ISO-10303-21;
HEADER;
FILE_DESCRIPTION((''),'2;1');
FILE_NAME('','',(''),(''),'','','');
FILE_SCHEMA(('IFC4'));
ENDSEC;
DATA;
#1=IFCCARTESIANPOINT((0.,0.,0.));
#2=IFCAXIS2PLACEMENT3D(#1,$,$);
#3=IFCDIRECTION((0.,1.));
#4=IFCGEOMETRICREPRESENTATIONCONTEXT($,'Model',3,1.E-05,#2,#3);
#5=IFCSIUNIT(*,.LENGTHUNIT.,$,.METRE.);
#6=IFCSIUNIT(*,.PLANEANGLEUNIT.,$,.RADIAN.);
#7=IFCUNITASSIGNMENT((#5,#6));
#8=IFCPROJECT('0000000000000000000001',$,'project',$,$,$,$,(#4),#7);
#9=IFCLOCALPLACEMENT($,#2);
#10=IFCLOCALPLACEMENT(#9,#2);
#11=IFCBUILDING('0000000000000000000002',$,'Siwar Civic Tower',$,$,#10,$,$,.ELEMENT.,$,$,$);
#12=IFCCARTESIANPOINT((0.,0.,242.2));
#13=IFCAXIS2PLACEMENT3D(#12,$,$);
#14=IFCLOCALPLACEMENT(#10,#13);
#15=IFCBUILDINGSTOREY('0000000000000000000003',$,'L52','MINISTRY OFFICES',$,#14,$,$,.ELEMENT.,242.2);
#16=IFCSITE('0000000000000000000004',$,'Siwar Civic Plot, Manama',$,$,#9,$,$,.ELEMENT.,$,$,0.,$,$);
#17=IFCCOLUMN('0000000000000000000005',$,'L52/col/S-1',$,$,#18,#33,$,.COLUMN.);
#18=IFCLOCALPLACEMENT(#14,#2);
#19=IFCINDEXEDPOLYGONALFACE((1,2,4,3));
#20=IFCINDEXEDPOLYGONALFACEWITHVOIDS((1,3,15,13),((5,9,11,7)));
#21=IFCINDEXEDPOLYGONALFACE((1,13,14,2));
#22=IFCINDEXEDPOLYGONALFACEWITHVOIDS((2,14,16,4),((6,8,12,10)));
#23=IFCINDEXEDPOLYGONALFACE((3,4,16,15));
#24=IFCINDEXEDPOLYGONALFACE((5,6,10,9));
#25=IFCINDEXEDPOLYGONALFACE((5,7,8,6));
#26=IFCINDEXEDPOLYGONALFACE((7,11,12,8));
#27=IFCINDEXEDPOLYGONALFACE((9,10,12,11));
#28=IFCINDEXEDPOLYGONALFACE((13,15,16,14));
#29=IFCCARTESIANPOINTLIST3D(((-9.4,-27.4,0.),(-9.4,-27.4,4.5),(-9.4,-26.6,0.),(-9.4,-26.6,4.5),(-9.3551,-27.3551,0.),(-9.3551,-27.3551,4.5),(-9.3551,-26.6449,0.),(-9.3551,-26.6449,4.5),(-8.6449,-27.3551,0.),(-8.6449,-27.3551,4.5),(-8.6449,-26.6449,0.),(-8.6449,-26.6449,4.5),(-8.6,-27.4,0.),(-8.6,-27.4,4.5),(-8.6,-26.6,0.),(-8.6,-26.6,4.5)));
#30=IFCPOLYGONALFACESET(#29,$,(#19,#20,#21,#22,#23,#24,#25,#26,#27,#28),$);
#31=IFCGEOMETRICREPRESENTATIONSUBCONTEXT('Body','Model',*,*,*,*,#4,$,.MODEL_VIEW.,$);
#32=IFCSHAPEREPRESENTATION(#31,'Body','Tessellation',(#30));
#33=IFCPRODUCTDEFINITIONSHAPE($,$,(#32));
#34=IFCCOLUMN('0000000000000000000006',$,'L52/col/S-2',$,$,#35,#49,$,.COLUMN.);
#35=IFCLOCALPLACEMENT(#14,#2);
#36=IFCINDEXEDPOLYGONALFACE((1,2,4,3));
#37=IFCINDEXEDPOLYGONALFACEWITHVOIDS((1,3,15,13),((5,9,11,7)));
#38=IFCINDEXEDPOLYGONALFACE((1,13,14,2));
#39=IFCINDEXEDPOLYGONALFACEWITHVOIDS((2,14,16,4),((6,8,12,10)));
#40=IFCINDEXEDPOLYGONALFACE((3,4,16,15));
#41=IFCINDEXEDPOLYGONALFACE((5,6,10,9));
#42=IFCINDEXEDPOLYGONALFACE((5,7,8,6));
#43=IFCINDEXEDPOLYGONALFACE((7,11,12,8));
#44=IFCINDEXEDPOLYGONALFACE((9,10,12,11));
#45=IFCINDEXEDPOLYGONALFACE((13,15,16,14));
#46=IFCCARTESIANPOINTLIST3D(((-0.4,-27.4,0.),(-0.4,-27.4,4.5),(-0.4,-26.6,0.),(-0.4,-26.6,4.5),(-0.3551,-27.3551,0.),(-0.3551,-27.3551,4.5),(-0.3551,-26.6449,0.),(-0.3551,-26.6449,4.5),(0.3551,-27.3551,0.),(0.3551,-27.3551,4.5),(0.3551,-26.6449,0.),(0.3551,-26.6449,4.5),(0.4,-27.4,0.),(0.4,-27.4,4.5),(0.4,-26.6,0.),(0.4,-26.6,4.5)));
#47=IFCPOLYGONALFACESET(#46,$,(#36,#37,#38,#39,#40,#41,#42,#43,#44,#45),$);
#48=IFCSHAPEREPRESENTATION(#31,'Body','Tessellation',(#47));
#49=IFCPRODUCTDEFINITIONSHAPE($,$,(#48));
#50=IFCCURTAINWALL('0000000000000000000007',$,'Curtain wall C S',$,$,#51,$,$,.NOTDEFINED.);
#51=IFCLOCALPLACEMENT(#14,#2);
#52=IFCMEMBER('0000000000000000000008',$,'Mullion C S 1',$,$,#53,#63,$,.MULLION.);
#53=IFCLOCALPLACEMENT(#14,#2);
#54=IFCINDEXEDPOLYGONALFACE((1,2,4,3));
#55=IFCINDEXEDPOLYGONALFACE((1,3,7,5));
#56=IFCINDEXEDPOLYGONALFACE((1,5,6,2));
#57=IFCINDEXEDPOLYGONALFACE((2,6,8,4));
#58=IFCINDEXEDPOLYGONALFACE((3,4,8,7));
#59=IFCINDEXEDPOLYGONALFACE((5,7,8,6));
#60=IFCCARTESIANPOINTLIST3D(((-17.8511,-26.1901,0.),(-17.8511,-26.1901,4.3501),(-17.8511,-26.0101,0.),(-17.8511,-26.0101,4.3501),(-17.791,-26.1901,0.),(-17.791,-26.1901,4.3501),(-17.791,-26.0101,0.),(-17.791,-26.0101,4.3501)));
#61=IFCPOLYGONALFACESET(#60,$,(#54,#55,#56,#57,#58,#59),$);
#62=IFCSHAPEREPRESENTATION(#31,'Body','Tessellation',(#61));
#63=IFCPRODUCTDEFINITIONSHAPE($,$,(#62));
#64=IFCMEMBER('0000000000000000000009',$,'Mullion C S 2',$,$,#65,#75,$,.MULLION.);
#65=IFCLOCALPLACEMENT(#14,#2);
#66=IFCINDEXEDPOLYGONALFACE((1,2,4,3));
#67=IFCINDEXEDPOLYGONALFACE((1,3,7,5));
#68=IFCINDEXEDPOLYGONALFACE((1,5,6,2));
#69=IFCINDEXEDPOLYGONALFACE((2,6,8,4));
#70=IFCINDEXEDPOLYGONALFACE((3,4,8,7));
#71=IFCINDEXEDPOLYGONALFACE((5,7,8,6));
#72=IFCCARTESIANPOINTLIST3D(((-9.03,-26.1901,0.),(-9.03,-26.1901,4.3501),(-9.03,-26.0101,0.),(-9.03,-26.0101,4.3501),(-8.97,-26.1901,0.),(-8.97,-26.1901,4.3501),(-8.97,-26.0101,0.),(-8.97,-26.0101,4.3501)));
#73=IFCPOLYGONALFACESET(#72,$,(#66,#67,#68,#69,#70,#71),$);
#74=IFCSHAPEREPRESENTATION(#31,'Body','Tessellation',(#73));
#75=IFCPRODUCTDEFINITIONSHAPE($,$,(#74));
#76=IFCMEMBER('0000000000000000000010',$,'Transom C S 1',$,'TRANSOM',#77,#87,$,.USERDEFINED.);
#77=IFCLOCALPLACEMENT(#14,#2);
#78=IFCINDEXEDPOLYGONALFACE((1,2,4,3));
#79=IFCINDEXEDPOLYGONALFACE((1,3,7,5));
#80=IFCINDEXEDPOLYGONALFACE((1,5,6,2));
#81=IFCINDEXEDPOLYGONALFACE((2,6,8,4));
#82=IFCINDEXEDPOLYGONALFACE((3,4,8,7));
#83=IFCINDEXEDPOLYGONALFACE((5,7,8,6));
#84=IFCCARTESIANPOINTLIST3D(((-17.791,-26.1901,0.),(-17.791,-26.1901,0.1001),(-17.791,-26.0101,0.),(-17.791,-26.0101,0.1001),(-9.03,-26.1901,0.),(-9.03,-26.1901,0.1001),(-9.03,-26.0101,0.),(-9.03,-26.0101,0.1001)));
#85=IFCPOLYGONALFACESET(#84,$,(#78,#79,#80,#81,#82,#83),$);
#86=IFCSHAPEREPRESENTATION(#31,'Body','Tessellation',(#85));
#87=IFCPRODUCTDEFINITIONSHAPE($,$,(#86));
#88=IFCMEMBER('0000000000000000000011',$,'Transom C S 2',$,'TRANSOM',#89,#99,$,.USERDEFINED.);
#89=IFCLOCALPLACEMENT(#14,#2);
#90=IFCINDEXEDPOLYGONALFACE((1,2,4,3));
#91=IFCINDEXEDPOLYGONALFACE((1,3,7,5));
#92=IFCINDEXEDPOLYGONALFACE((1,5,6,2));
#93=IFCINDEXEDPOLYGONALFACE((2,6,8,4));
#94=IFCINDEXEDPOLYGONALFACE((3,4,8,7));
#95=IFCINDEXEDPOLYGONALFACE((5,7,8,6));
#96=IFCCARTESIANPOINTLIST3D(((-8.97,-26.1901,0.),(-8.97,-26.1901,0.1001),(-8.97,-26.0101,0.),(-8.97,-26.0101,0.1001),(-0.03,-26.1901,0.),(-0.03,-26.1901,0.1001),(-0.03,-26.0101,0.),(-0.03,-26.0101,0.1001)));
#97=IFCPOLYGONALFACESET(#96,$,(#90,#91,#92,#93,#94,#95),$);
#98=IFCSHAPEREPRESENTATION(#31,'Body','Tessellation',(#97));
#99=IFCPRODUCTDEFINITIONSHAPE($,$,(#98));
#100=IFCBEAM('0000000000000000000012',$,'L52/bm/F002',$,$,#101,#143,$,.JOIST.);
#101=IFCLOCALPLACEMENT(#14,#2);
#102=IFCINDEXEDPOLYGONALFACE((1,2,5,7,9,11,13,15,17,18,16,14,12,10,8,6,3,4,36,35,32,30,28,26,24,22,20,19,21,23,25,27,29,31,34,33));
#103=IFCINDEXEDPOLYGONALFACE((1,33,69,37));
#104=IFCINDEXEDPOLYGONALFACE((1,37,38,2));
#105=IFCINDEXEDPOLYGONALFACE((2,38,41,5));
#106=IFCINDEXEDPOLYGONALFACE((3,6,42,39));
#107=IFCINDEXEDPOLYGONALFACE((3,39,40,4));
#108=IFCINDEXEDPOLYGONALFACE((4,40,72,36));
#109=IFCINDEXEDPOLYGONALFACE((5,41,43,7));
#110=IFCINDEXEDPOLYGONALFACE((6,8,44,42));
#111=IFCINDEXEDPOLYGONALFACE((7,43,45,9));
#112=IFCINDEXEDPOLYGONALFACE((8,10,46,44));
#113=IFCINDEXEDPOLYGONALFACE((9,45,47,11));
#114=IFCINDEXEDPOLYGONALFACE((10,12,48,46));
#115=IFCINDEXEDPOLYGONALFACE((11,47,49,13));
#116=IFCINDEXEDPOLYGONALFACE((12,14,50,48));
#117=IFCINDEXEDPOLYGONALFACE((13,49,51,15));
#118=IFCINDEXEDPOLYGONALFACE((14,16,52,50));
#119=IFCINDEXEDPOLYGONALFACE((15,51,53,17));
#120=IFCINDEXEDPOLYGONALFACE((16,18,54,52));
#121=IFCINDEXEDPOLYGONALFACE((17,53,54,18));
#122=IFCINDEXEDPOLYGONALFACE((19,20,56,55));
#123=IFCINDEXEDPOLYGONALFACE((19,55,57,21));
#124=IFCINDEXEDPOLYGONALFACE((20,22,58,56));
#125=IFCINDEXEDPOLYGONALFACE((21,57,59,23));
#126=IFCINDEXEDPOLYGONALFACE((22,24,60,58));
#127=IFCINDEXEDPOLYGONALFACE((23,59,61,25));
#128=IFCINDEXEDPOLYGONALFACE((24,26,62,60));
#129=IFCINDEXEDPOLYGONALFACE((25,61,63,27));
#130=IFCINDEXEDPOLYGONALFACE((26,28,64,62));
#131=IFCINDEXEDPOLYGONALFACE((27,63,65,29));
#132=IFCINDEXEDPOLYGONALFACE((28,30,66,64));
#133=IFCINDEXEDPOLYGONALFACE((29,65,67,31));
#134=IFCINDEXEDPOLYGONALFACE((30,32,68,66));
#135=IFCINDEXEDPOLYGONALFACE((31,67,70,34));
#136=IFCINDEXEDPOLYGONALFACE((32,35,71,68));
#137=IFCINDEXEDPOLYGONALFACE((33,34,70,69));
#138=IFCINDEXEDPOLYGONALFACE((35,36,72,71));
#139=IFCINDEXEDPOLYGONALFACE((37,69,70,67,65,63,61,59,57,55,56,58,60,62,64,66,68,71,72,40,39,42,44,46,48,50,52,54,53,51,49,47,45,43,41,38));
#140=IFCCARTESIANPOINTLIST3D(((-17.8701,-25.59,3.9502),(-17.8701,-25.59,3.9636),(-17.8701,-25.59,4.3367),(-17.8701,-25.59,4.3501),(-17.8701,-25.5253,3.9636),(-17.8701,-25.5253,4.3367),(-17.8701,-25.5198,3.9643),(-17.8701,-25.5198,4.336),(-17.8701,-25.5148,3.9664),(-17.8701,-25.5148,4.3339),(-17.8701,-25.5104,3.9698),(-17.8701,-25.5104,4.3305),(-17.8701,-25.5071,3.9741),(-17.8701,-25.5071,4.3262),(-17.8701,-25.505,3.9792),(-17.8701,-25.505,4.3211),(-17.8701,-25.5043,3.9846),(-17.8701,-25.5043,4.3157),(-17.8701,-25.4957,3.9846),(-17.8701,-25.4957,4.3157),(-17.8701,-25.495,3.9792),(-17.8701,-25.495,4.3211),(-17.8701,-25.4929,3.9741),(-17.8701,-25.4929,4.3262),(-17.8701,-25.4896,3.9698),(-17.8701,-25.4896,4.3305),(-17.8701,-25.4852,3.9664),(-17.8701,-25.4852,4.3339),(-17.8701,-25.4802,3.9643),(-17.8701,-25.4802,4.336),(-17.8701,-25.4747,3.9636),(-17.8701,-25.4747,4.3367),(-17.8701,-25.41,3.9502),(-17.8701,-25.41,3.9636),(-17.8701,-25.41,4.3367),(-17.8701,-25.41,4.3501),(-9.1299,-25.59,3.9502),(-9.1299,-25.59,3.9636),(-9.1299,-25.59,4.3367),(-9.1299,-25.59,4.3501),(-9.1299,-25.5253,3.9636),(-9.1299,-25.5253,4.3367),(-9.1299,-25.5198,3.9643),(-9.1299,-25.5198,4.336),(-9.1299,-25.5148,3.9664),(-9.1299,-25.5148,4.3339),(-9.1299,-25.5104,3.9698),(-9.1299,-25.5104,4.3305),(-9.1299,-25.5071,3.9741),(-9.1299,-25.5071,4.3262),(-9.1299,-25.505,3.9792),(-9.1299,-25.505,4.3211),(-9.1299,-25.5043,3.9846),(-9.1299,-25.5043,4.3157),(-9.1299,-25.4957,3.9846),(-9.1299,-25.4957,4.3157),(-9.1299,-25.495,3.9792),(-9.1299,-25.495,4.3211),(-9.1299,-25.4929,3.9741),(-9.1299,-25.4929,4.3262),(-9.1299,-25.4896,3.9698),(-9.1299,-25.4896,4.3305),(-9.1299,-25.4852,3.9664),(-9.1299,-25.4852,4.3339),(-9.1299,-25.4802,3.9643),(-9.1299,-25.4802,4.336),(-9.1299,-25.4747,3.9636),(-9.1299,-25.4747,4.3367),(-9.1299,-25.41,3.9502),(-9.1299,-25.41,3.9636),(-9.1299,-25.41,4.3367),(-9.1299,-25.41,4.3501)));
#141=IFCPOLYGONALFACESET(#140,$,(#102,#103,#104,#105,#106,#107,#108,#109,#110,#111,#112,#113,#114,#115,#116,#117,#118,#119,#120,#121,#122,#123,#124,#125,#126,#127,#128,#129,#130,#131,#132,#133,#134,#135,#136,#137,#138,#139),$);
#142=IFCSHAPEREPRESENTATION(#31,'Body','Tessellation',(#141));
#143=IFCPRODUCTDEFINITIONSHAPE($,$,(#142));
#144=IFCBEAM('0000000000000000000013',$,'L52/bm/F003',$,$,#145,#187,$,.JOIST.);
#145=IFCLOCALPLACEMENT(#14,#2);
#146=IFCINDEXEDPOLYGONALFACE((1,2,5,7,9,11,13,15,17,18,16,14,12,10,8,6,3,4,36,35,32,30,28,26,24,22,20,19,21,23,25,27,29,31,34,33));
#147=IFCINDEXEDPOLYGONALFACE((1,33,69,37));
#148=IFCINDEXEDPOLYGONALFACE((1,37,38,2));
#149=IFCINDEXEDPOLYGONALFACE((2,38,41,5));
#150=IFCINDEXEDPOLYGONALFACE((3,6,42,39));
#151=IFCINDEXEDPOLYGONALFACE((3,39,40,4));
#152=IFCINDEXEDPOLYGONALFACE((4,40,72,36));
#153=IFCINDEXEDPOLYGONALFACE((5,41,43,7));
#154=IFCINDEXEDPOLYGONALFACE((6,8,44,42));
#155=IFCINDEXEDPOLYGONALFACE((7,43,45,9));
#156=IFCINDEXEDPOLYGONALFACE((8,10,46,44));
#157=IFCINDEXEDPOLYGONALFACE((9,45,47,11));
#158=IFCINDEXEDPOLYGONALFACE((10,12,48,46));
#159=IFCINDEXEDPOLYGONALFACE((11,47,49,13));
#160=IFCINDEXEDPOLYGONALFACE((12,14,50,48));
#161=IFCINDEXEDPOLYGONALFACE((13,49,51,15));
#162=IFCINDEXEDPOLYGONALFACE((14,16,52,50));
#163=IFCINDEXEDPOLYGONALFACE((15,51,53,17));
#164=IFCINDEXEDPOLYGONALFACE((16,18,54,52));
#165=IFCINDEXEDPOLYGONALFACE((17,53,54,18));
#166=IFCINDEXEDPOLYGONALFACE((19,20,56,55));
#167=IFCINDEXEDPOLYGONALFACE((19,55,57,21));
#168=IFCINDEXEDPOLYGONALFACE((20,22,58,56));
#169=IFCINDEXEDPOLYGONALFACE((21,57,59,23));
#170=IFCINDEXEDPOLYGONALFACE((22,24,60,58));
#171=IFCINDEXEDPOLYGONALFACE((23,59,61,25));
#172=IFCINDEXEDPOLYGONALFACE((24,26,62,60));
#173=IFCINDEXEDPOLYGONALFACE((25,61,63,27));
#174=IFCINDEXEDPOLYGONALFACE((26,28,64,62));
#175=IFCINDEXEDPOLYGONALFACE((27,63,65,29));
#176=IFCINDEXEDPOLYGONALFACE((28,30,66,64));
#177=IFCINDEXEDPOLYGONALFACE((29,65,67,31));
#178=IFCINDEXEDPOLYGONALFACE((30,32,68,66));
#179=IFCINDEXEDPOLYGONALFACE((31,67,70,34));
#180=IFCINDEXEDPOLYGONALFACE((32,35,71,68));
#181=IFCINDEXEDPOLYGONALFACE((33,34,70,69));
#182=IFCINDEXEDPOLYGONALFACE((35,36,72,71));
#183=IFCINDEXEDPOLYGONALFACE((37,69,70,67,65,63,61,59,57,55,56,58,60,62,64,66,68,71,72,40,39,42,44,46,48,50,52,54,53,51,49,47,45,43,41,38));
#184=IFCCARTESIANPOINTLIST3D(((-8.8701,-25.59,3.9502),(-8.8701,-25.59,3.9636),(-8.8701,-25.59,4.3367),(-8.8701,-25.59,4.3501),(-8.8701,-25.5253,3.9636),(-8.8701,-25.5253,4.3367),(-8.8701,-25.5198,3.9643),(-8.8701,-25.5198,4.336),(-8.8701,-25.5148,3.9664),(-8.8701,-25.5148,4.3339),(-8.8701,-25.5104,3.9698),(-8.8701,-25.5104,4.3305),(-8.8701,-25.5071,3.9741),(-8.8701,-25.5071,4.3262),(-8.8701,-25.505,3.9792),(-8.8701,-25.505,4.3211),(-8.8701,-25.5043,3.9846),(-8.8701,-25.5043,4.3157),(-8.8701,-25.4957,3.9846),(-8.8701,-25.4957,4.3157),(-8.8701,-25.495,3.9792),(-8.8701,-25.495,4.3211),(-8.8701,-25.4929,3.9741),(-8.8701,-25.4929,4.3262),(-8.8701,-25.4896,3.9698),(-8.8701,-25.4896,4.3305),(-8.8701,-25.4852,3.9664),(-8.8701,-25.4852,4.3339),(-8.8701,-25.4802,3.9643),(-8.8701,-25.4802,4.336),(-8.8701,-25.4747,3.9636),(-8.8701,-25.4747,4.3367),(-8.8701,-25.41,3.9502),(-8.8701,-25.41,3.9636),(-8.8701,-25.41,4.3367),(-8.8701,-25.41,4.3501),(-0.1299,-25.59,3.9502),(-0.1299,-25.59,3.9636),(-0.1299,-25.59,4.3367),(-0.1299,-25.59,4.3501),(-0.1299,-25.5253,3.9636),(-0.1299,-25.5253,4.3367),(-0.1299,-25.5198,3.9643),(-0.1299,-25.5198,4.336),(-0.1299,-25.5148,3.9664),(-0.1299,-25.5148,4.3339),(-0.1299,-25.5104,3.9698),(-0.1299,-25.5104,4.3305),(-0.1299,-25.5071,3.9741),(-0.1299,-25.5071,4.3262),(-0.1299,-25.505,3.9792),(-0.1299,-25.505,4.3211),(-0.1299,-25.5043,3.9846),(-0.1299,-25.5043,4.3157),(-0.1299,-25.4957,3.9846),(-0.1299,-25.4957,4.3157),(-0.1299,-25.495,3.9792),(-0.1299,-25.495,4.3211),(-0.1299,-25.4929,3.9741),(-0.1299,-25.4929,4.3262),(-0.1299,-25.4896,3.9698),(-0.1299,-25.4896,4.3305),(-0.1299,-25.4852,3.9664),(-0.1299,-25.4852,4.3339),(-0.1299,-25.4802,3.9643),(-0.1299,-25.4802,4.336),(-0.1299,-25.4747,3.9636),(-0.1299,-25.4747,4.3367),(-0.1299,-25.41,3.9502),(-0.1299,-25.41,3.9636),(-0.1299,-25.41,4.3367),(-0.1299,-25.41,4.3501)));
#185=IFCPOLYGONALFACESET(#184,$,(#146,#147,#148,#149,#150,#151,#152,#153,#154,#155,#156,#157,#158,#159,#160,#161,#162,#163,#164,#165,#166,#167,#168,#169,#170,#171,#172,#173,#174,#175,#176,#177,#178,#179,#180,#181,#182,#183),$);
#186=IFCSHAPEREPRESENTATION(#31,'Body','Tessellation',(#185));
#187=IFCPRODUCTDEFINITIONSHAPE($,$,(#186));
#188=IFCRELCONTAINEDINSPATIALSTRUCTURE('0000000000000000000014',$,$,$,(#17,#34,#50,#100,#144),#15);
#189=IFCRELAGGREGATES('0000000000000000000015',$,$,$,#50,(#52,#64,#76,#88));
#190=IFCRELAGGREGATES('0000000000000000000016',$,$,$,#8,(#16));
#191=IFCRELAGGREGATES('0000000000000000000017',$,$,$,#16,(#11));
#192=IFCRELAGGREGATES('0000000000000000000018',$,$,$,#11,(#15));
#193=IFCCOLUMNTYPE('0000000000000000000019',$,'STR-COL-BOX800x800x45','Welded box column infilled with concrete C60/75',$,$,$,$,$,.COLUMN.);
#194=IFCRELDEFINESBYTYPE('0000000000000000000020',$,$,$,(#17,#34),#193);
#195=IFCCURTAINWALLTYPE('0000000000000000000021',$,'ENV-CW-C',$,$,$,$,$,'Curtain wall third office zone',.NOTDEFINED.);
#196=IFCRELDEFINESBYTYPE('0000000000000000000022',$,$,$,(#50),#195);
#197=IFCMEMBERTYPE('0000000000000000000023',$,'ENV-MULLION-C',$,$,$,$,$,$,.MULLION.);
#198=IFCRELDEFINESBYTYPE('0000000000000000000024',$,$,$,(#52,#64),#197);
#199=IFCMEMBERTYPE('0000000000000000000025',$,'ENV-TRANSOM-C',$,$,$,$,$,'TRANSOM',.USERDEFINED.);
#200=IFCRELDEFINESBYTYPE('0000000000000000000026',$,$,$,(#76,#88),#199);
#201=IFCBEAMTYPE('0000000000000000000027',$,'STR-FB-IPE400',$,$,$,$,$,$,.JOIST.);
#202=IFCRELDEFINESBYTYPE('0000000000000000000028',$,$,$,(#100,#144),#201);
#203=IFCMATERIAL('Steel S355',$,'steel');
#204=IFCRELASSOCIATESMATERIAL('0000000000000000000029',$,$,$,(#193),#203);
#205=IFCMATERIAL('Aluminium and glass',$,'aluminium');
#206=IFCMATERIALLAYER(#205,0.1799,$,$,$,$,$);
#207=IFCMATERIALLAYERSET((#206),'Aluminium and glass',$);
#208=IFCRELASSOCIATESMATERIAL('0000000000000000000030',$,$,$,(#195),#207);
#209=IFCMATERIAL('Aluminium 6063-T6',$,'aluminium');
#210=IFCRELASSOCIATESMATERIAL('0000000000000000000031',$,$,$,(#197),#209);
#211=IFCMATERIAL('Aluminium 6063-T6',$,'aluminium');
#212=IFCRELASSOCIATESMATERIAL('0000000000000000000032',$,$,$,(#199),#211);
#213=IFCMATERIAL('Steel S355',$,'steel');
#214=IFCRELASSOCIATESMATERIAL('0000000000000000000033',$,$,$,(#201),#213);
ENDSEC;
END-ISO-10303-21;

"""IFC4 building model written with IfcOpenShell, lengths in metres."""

from ifc_helpers import new_model, si_unit, direction, frame, origin, origin_2d, place, context, subcontext, project, spatial, rectangle, hollow_rectangle, i_section, extrude, material, layer, layer_set, material_profile, profile_set, type_object, element, aggregate, save


model = new_model("IFC4")

# Units and contexts
model_context = context("Model", 3, precision=1e-05, world=origin(), true_north=direction((0.0, 1.0)))
body_context = subcontext(model_context, "Body", "Model", "MODEL_VIEW")
ifc_project = project(units=[si_unit("LENGTHUNIT", "METRE"), si_unit("PLANEANGLEUNIT", "RADIAN")], contexts=[model_context])

# Site, building, storey
site_placement = place(None, origin())
site = spatial("IfcSite", under=ifc_project, at=site_placement, Name="Siwar Civic Plot, Manama", CompositionType="ELEMENT", RefElevation=0.0)
building_placement = place(site_placement, origin())
building = spatial("IfcBuilding", under=site, at=building_placement, Name="Siwar Civic Tower", CompositionType="ELEMENT")
storey_placement = place(building_placement, frame((0.0, 0.0, 242.2)))
storey = spatial("IfcBuildingStorey", under=building, at=storey_placement, Name="L52", Description="MINISTRY OFFICES", CompositionType="ELEMENT", Elevation=242.2)

# Columns
ifc_material_1 = material(Name="Steel S355", Category="steel")
ifc_material_profile_1 = material_profile(ifc_material_1, hollow_rectangle(XDim=0.8, YDim=0.8, WallThickness=0.0449, at=origin_2d()), Name="BOX800x800x45")
ifc_profile_set_1 = profile_set([ifc_material_profile_1], Name="Steel S355")
column_type = type_object("IfcColumnType", Name="STR-COL-BOX800x800x45", Description="Welded box column infilled with concrete C60/75", PredefinedType="COLUMN", material=ifc_profile_set_1)
for number, where, z_axis, x_axis, name in (
    (1, (-9.0, -27.0, 0.0), (0.0, 0.0, 1.0), (1.0, 0.0, 0.0), "L52/col/S-1"),
    (2, (0.0, -27.0, 0.0), (0.0, 0.0, 1.0), (1.0, 0.0, 0.0), "L52/col/S-2"),
):
    element("IfcColumn", number, at=place(storey_placement, frame(where, z_axis=z_axis, x_axis=x_axis)), inside=storey, type_object=column_type, Name=name, PredefinedType="COLUMN", context=body_context, shape_type="SweptSolid", body=[
        extrude(hollow_rectangle(XDim=0.8, YDim=0.8, WallThickness=0.0449, at=origin_2d()), origin(), (0.0, 0.0, 1.0), 4.5),
    ])

# Curtain wall, members
ifc_material_2 = material(Name="Aluminium and glass", Category="aluminium")
ifc_layer_1 = layer(ifc_material_2, 0.1799)
ifc_layer_set_1 = layer_set([ifc_layer_1], Name="Aluminium and glass")
curtain_wall_type = type_object("IfcCurtainWallType", Name="ENV-CW-C", ElementType="Curtain wall third office zone", PredefinedType="NOTDEFINED", material=ifc_layer_set_1)
curtain_wall_placement = place(storey_placement, origin())
curtain_wall = element("IfcCurtainWall", 3, at=curtain_wall_placement, inside=storey, type_object=curtain_wall_type, Name="Curtain wall C S", PredefinedType="NOTDEFINED")
ifc_material_3 = material(Name="Aluminium 6063-T6", Category="aluminium")
ifc_material_profile_2 = material_profile(ifc_material_3, rectangle(XDim=0.1799, YDim=0.0601, at=origin_2d()), Name="AL 180x60")
ifc_profile_set_2 = profile_set([ifc_material_profile_2], Name="Aluminium 6063-T6")
member_type_1 = type_object("IfcMemberType", Name="ENV-MULLION-C", PredefinedType="MULLION", material=ifc_profile_set_2)
member_1_placement = place(storey_placement, frame((-17.821, -26.1001, 0.0), z_axis=(0.0, 0.0, 1.0), x_axis=(0.0, 1.0, 0.0)))
member_1 = element("IfcMember", 4, at=member_1_placement, type_object=member_type_1, Name="Mullion C S 1", PredefinedType="MULLION", context=body_context, shape_type="SweptSolid", body=[
    extrude(rectangle(XDim=0.1799, YDim=0.0601, at=origin_2d()), origin(), (0.0, 0.0, 1.0), 4.3501),
])
member_2_placement = place(storey_placement, frame((-9.0, -26.1001, 0.0), z_axis=(0.0, 0.0, 1.0), x_axis=(0.0, 1.0, 0.0)))
member_2 = element("IfcMember", 5, at=member_2_placement, type_object=member_type_1, Name="Mullion C S 2", PredefinedType="MULLION", context=body_context, shape_type="SweptSolid", body=[
    extrude(rectangle(XDim=0.1799, YDim=0.0601, at=origin_2d()), origin(), (0.0, 0.0, 1.0), 4.3501),
])
ifc_material_4 = material(Name="Aluminium 6063-T6", Category="aluminium")
ifc_material_profile_3 = material_profile(ifc_material_4, rectangle(XDim=0.1799, YDim=0.1001, at=origin_2d()), Name="AL 180x100")
ifc_profile_set_3 = profile_set([ifc_material_profile_3], Name="Aluminium 6063-T6")
member_type_2 = type_object("IfcMemberType", Name="ENV-TRANSOM-C", ElementType="TRANSOM", PredefinedType="USERDEFINED", material=ifc_profile_set_3)
member_3_placement = place(storey_placement, frame((-17.791, -26.1001, 0.05), z_axis=(1.0, 0.0, 0.0), x_axis=(0.0, 1.0, 0.0)))
member_3 = element("IfcMember", 6, at=member_3_placement, type_object=member_type_2, Name="Transom C S 1", ObjectType="TRANSOM", PredefinedType="USERDEFINED", context=body_context, shape_type="SweptSolid", body=[
    extrude(rectangle(XDim=0.1799, YDim=0.1001, at=origin_2d()), origin(), (0.0, 0.0, 1.0), 8.761),
])
member_4_placement = place(storey_placement, frame((-8.97, -26.1001, 0.05), z_axis=(1.0, 0.0, 0.0), x_axis=(0.0, 1.0, 0.0)))
member_4 = element("IfcMember", 7, at=member_4_placement, type_object=member_type_2, Name="Transom C S 2", ObjectType="TRANSOM", PredefinedType="USERDEFINED", context=body_context, shape_type="SweptSolid", body=[
    extrude(rectangle(XDim=0.1799, YDim=0.1001, at=origin_2d()), origin(), (0.0, 0.0, 1.0), 8.9399),
])

# Beams
ifc_material_5 = material(Name="Steel S355", Category="steel")
ifc_material_profile_4 = material_profile(ifc_material_5, i_section(OverallWidth=0.1799, OverallDepth=0.3999, WebThickness=0.0085, FlangeThickness=0.0134, FilletRadius=0.021, at=origin_2d()), Name="IPE400")
ifc_profile_set_4 = profile_set([ifc_material_profile_4], Name="Steel S355")
beam_type_1 = type_object("IfcBeamType", Name="STR-FB-IPE400", PredefinedType="JOIST", material=ifc_profile_set_4)
for number, where, z_axis, x_axis, name in (
    (8, (-17.8701, -25.5, 4.1501), (1.0, 0.0, 0.0), (0.0, 1.0, 0.0), "L52/bm/F002"),
    (9, (-8.8701, -25.5, 4.1501), (1.0, 0.0, 0.0), (0.0, 1.0, 0.0), "L52/bm/F003"),
):
    element("IfcBeam", number, at=place(storey_placement, frame(where, z_axis=z_axis, x_axis=x_axis)), inside=storey, type_object=beam_type_1, Name=name, PredefinedType="JOIST", context=body_context, shape_type="SweptSolid", body=[
        extrude(i_section(OverallWidth=0.1799, OverallDepth=0.3999, WebThickness=0.0085, FlangeThickness=0.0134, FilletRadius=0.021, at=origin_2d()), origin(), (0.0, 0.0, 1.0), 8.7402),
    ])

aggregate(curtain_wall, [member_1, member_2, member_3, member_4])

save(model, "model.ifc")
